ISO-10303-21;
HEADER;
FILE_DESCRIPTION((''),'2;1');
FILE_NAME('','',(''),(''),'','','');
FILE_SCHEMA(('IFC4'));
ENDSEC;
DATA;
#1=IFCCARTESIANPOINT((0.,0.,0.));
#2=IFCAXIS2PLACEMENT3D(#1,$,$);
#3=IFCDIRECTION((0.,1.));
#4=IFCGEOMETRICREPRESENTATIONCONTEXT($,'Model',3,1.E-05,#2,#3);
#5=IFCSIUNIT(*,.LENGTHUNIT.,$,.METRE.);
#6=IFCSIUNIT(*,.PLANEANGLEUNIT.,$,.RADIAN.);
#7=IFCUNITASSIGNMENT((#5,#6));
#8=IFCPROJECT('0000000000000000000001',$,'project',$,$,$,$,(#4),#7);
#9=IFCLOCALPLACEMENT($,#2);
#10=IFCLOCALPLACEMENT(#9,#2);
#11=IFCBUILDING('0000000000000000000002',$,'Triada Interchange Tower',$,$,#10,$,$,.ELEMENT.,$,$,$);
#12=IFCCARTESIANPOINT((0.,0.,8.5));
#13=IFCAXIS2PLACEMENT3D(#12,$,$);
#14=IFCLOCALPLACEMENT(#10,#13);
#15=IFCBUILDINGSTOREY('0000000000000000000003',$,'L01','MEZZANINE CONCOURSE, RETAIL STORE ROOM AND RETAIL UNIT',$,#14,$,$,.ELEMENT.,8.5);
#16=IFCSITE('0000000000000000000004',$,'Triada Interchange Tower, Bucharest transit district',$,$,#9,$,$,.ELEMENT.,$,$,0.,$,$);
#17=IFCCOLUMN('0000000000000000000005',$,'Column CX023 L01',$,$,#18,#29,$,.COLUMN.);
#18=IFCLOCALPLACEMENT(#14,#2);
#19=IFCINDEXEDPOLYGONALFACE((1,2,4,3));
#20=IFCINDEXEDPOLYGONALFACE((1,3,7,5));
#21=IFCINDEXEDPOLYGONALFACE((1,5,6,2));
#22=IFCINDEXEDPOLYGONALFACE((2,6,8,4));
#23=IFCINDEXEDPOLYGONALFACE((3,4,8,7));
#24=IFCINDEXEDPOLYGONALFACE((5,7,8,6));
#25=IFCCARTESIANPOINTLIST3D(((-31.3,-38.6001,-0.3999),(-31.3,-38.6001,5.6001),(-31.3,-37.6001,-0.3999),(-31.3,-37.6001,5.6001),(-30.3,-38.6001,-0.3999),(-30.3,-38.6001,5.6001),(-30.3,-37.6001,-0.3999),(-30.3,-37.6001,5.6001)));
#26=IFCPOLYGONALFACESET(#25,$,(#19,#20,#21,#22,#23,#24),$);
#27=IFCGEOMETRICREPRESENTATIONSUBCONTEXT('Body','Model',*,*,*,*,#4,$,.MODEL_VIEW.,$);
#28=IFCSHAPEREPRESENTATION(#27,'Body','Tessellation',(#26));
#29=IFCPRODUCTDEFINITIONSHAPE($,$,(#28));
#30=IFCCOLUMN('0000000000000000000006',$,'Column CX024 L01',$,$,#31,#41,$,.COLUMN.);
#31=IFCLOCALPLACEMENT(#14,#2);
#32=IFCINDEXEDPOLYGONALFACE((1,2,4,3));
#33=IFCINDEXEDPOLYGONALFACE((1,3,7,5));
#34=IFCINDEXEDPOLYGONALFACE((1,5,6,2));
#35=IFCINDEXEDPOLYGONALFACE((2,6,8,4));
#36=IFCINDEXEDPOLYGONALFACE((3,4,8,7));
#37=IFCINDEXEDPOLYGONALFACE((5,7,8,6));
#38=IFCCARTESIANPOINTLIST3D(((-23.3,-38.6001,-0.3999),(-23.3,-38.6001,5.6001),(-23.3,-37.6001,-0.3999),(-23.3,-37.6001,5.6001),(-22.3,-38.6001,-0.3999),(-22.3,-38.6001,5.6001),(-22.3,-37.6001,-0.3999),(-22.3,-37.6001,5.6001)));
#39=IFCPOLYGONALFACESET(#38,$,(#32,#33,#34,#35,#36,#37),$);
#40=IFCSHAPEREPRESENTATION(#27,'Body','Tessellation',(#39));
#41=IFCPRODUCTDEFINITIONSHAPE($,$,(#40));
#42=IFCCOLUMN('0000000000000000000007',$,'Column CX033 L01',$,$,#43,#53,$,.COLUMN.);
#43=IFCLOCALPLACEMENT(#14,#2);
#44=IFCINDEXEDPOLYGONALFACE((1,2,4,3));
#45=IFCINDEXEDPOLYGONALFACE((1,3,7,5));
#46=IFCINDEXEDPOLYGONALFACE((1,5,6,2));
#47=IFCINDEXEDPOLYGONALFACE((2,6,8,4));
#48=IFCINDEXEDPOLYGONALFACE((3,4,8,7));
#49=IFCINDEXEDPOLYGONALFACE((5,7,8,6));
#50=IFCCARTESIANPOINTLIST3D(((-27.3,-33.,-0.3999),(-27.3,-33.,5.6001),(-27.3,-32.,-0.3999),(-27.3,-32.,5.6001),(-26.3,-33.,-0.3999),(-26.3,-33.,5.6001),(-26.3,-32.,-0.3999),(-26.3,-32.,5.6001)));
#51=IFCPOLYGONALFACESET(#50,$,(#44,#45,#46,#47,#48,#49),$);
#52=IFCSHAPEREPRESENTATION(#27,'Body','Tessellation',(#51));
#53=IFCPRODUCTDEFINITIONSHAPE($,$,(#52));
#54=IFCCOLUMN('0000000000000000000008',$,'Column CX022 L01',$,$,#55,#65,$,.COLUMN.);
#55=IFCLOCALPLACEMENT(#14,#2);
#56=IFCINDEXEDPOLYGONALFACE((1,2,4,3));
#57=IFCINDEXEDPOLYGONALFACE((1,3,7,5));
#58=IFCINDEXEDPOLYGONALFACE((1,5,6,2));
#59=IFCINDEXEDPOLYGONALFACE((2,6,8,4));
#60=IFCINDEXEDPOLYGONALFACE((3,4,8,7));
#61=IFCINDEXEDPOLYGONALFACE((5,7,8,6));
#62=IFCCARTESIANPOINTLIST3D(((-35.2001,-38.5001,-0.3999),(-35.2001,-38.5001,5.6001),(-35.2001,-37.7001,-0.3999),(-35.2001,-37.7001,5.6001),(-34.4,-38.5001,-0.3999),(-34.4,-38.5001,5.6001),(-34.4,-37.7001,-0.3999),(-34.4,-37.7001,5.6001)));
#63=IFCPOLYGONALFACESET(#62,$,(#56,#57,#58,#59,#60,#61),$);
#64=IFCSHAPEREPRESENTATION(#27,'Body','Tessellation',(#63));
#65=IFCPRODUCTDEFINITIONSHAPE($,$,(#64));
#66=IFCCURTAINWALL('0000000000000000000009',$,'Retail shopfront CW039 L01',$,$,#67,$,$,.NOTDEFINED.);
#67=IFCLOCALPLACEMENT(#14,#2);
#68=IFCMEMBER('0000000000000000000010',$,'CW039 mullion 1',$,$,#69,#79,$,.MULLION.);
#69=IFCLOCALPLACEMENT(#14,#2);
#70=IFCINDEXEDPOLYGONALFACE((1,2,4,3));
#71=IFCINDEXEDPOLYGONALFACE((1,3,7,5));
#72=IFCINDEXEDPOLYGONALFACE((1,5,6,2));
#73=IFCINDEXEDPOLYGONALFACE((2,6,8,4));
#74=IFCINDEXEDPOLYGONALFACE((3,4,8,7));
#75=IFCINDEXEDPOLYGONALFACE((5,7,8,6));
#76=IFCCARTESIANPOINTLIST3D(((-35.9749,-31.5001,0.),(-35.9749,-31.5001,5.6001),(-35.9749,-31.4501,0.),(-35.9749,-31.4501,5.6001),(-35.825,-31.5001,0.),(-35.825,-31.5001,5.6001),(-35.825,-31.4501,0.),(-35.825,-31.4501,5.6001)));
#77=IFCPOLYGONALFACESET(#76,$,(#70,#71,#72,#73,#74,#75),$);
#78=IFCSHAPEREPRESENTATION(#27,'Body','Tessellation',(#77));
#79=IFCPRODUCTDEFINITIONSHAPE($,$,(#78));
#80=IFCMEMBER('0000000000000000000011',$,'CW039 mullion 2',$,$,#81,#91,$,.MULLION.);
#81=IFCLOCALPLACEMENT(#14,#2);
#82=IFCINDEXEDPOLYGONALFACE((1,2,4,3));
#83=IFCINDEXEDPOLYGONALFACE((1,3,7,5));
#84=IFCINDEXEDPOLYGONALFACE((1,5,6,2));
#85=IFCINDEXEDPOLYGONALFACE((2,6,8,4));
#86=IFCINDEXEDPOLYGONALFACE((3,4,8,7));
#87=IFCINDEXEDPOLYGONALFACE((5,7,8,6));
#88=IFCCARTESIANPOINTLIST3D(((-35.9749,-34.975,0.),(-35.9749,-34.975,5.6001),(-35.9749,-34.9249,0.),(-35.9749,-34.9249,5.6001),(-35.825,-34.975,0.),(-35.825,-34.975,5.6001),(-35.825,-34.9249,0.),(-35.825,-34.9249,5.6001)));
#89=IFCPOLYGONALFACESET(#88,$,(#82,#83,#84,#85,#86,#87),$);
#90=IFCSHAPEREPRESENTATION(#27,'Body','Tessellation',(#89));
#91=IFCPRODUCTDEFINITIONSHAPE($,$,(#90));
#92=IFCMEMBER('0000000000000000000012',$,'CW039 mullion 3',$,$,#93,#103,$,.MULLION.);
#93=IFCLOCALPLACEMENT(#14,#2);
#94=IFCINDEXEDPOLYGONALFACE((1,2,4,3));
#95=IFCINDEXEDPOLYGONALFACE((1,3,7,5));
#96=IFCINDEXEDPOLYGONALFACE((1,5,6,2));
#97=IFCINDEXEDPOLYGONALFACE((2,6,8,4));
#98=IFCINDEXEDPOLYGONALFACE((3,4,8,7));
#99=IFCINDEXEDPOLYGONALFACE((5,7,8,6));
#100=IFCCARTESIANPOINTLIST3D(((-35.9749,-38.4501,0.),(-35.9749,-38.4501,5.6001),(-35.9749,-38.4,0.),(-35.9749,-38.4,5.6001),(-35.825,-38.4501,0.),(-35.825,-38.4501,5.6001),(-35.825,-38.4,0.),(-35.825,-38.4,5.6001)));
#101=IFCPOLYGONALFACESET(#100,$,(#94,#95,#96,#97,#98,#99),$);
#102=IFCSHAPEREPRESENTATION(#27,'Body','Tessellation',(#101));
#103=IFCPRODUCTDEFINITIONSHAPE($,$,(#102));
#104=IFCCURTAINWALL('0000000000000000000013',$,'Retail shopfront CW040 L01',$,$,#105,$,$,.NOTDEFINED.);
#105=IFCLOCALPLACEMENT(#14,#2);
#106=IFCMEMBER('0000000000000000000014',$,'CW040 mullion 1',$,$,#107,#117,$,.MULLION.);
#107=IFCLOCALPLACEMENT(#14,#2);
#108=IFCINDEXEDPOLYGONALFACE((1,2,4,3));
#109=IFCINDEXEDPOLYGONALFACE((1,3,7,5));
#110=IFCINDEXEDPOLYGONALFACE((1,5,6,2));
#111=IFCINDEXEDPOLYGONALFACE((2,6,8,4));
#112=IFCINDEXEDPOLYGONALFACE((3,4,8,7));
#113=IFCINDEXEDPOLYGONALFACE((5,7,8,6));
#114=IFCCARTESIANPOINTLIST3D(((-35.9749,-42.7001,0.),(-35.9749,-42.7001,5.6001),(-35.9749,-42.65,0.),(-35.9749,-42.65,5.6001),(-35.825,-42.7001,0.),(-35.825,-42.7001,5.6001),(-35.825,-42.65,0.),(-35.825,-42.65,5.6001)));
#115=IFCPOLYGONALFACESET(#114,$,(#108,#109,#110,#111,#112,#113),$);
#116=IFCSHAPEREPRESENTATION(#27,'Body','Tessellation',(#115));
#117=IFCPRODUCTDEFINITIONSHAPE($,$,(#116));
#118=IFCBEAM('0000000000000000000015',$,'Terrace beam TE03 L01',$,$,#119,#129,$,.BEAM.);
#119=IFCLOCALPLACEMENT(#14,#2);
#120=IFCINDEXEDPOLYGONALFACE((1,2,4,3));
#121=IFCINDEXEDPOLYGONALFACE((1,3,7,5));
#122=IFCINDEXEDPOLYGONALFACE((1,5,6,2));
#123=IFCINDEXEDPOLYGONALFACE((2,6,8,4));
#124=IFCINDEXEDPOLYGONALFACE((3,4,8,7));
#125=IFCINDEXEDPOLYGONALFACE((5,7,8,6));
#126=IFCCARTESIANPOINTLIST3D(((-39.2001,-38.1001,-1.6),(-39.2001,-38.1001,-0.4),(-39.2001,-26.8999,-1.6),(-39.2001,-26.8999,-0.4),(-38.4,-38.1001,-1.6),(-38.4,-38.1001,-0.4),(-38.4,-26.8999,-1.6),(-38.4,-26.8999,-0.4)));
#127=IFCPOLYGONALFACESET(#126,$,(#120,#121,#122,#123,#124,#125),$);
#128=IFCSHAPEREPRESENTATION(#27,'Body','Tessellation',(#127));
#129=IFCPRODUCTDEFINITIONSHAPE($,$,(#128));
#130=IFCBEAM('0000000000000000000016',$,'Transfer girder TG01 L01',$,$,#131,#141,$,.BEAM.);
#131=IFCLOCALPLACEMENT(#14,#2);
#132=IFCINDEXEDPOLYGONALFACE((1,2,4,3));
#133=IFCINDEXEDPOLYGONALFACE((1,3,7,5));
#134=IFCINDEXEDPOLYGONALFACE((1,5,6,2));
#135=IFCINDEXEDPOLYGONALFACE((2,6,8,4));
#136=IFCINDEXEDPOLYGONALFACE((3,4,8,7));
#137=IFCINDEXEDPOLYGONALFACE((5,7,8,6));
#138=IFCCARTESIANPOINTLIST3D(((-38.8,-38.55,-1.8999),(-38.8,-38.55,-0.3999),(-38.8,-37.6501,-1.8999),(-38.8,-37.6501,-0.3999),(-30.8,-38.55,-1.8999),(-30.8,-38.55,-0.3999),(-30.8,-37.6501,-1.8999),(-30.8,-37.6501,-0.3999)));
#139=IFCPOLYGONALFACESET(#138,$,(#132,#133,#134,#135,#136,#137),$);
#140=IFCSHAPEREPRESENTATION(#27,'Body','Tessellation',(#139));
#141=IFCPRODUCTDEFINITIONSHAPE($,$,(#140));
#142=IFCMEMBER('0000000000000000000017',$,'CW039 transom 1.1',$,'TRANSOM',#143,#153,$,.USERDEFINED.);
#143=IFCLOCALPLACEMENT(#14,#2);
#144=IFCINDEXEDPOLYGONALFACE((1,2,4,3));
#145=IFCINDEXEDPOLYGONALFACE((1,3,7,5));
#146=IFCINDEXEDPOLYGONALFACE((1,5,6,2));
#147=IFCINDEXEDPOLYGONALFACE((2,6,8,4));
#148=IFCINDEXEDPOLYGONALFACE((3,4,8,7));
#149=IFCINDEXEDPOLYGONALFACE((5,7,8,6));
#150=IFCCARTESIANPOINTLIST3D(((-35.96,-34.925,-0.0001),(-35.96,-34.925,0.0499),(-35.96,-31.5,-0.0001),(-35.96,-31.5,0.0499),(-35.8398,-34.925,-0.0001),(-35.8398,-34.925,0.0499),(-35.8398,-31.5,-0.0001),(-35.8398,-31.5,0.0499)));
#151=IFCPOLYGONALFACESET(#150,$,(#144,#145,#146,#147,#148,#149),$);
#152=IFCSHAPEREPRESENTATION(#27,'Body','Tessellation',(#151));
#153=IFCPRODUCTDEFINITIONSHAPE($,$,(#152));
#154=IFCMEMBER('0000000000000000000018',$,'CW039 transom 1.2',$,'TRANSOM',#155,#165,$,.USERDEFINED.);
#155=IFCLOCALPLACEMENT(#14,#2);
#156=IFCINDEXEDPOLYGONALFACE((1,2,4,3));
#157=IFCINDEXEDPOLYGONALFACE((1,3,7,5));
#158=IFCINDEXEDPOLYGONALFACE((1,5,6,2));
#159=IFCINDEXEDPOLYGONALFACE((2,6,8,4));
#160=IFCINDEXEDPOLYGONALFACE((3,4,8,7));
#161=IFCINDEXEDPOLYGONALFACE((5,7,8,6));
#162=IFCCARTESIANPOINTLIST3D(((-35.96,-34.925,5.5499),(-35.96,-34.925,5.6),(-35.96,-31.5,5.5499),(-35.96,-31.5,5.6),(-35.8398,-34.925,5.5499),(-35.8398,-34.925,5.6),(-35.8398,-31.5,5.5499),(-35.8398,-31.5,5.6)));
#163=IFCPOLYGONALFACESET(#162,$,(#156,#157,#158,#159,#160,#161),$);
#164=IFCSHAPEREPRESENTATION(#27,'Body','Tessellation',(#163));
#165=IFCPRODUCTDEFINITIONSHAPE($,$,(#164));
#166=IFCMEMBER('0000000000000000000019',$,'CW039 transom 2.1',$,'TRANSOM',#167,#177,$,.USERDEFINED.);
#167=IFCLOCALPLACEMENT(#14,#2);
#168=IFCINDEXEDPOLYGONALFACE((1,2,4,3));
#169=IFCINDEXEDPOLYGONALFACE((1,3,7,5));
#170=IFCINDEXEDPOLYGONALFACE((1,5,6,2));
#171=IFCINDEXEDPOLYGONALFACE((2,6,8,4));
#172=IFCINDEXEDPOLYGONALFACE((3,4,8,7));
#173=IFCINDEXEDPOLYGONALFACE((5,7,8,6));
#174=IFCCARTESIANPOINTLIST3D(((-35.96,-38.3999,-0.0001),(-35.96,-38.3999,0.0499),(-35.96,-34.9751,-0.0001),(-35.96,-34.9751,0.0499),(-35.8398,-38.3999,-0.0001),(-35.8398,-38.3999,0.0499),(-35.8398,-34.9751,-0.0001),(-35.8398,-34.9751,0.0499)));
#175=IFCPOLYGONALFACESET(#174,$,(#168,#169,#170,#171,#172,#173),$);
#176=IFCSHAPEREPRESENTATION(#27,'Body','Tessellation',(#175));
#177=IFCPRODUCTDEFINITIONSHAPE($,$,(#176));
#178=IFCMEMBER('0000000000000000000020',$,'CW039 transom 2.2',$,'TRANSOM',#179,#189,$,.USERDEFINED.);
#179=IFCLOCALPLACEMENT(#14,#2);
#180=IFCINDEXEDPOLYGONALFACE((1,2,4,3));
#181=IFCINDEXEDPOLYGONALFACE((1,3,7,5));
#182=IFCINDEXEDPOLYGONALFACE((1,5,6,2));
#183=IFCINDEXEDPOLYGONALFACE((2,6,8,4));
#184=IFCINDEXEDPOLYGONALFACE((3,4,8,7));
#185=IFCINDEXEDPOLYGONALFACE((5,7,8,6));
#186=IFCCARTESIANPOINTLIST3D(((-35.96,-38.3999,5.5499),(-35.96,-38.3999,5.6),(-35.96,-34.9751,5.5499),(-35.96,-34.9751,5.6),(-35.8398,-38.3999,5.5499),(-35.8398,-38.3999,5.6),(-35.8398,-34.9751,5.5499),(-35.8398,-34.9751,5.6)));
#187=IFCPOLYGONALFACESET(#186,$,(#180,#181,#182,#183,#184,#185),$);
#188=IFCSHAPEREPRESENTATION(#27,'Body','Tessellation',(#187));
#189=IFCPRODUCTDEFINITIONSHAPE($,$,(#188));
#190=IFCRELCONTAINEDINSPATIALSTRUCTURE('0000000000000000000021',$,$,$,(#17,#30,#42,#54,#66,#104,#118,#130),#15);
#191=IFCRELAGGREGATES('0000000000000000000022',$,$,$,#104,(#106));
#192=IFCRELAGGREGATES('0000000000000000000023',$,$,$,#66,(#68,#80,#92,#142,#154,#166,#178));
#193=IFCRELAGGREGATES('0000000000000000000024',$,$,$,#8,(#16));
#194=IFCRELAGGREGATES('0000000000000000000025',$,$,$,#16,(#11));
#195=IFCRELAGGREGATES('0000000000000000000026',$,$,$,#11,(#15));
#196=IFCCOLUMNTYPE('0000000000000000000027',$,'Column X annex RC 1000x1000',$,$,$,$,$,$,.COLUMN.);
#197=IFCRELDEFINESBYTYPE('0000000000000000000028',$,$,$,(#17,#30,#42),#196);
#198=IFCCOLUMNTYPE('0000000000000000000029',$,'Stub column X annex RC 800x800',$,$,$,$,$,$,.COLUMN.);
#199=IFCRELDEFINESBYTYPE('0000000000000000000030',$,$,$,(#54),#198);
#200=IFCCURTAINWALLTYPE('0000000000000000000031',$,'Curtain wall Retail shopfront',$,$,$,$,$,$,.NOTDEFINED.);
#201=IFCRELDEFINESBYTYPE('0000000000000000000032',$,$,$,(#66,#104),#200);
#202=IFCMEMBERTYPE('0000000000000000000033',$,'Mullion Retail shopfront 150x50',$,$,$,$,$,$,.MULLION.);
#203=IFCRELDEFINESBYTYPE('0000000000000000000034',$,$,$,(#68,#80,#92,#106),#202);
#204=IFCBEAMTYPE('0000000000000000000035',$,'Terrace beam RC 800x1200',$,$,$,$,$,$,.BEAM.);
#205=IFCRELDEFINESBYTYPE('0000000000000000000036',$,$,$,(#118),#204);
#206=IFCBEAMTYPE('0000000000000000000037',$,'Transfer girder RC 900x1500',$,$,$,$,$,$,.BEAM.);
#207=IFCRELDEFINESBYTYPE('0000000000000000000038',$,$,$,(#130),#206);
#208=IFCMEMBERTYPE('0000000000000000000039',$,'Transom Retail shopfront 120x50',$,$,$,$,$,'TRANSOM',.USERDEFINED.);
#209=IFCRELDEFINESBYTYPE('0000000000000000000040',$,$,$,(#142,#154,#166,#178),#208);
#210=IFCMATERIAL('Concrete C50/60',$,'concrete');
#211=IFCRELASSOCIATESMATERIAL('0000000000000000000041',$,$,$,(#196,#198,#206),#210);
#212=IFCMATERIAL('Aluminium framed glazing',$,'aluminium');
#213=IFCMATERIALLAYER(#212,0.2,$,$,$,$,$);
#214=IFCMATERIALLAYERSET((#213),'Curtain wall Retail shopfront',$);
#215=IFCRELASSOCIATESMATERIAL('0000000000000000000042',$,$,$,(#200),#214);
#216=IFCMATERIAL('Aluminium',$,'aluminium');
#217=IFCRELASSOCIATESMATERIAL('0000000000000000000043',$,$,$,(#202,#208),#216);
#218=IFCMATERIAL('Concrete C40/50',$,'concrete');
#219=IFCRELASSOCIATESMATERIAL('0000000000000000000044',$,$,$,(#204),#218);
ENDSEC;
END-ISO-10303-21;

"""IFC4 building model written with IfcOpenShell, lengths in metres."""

from ifc_helpers import new_model, si_unit, direction, frame, origin, origin_2d, place, context, subcontext, project, spatial, rectangle, extrude, material, layer, layer_set, material_profile, profile_set, type_object, element, aggregate, save


model = new_model("IFC4")

# Units and contexts
model_context = context("Model", 3, precision=1e-05, world=origin(), true_north=direction((0.0, 1.0)))
body_context = subcontext(model_context, "Body", "Model", "MODEL_VIEW")
ifc_project = project(units=[si_unit("LENGTHUNIT", "METRE"), si_unit("PLANEANGLEUNIT", "RADIAN")], contexts=[model_context])

# Site, building, storey
site_placement = place(None, origin())
site = spatial("IfcSite", under=ifc_project, at=site_placement, Name="Triada Interchange Tower, Bucharest transit district", CompositionType="ELEMENT", RefElevation=0.0)
building_placement = place(site_placement, origin())
building = spatial("IfcBuilding", under=site, at=building_placement, Name="Triada Interchange Tower", CompositionType="ELEMENT")
storey_placement = place(building_placement, frame((0.0, 0.0, 8.5)))
storey = spatial("IfcBuildingStorey", under=building, at=storey_placement, Name="L01", Description="MEZZANINE CONCOURSE, RETAIL STORE ROOM AND RETAIL UNIT", CompositionType="ELEMENT", Elevation=8.5)

# Columns
ifc_material_1 = material(Name="Concrete C50/60", Category="concrete")
ifc_material_profile_1 = material_profile(ifc_material_1, rectangle(XDim=1.0, YDim=1.0, at=origin_2d()), Name="RC 1000x1000")
ifc_profile_set_1 = profile_set([ifc_material_profile_1], Name="Concrete C50/60")
column_type_1 = type_object("IfcColumnType", Name="Column X annex RC 1000x1000", PredefinedType="COLUMN", material=ifc_profile_set_1)
for number, where, z_axis, x_axis, name in (
    (1, (-30.8, -38.1001, -0.3999), (0.0, 0.0, 1.0), (1.0, 0.0, 0.0), "Column CX023 L01"),
    (2, (-22.8, -38.1001, -0.3999), (0.0, 0.0, 1.0), (1.0, 0.0, 0.0), "Column CX024 L01"),
    (3, (-26.8, -32.5, -0.3999), (0.0, 0.0, 1.0), (1.0, 0.0, 0.0), "Column CX033 L01"),
):
    element("IfcColumn", number, at=place(storey_placement, frame(where, z_axis=z_axis, x_axis=x_axis)), inside=storey, type_object=column_type_1, Name=name, PredefinedType="COLUMN", context=body_context, shape_type="SweptSolid", body=[
        extrude(rectangle(XDim=1.0, YDim=1.0, at=origin_2d()), origin(), (0.0, 0.0, 1.0), 6.0),
    ])
ifc_material_profile_2 = material_profile(ifc_material_1, rectangle(XDim=0.8, YDim=0.8, at=origin_2d()), Name="RC 800x800")
ifc_profile_set_2 = profile_set([ifc_material_profile_2], Name="Concrete C50/60")
column_type_2 = type_object("IfcColumnType", Name="Stub column X annex RC 800x800", PredefinedType="COLUMN", material=ifc_profile_set_2)
column_placement = place(storey_placement, frame((-34.8, -38.1001, -0.3999), z_axis=(0.0, 0.0, 1.0), x_axis=(1.0, 0.0, 0.0)))
element("IfcColumn", 4, at=column_placement, inside=storey, type_object=column_type_2, Name="Column CX022 L01", PredefinedType="COLUMN", context=body_context, shape_type="SweptSolid", body=[
    extrude(rectangle(XDim=0.8, YDim=0.8, at=origin_2d()), origin(), (0.0, 0.0, 1.0), 6.0),
])

# Curtain wall, members
ifc_material_2 = material(Name="Aluminium framed glazing", Category="aluminium")
ifc_layer_1 = layer(ifc_material_2, 0.2)
ifc_layer_set_1 = layer_set([ifc_layer_1], Name="Curtain wall Retail shopfront")
curtain_wall_type = type_object("IfcCurtainWallType", Name="Curtain wall Retail shopfront", PredefinedType="NOTDEFINED", material=ifc_layer_set_1)
curtain_wall_1_placement = place(storey_placement, origin())
curtain_wall_1 = element("IfcCurtainWall", 5, at=curtain_wall_1_placement, inside=storey, type_object=curtain_wall_type, Name="Retail shopfront CW039 L01", PredefinedType="NOTDEFINED")
ifc_material_3 = material(Name="Aluminium", Category="aluminium")
ifc_material_profile_3 = material_profile(ifc_material_3, rectangle(XDim=0.1499, YDim=0.05, at=origin_2d()), Name="Aluminium mullion")
ifc_profile_set_3 = profile_set([ifc_material_profile_3], Name="Aluminium")
member_type_1 = type_object("IfcMemberType", Name="Mullion Retail shopfront 150x50", PredefinedType="MULLION", material=ifc_profile_set_3)
member_1_placement = place(storey_placement, frame((-35.8999, -31.4751, 0.0), z_axis=(0.0, 0.0, 1.0), x_axis=(1.0, 0.0, 0.0)))
member_1 = element("IfcMember", 6, at=member_1_placement, type_object=member_type_1, Name="CW039 mullion 1", PredefinedType="MULLION", context=body_context, shape_type="SweptSolid", body=[
    extrude(rectangle(XDim=0.1499, YDim=0.05, at=origin_2d()), origin(), (0.0, 0.0, 1.0), 5.6001),
])
member_2_placement = place(storey_placement, frame((-35.8999, -34.95, 0.0), z_axis=(0.0, 0.0, 1.0), x_axis=(1.0, 0.0, 0.0)))
member_2 = element("IfcMember", 7, at=member_2_placement, type_object=member_type_1, Name="CW039 mullion 2", PredefinedType="MULLION", context=body_context, shape_type="SweptSolid", body=[
    extrude(rectangle(XDim=0.1499, YDim=0.05, at=origin_2d()), origin(), (0.0, 0.0, 1.0), 5.6001),
])
member_3_placement = place(storey_placement, frame((-35.8999, -38.425, 0.0), z_axis=(0.0, 0.0, 1.0), x_axis=(1.0, 0.0, 0.0)))
member_3 = element("IfcMember", 8, at=member_3_placement, type_object=member_type_1, Name="CW039 mullion 3", PredefinedType="MULLION", context=body_context, shape_type="SweptSolid", body=[
    extrude(rectangle(XDim=0.1499, YDim=0.05, at=origin_2d()), origin(), (0.0, 0.0, 1.0), 5.6001),
])

# Curtain wall, member
curtain_wall_2_placement = place(storey_placement, origin())
curtain_wall_2 = element("IfcCurtainWall", 9, at=curtain_wall_2_placement, inside=storey, type_object=curtain_wall_type, Name="Retail shopfront CW040 L01", PredefinedType="NOTDEFINED")
member_4_placement = place(storey_placement, frame((-35.8999, -42.675, 0.0), z_axis=(0.0, 0.0, 1.0), x_axis=(1.0, 0.0, 0.0)))
member_4 = element("IfcMember", 10, at=member_4_placement, type_object=member_type_1, Name="CW040 mullion 1", PredefinedType="MULLION", context=body_context, shape_type="SweptSolid", body=[
    extrude(rectangle(XDim=0.1499, YDim=0.05, at=origin_2d()), origin(), (0.0, 0.0, 1.0), 5.6001),
])

# Beams
ifc_material_4 = material(Name="Concrete C40/50", Category="concrete")
ifc_material_profile_4 = material_profile(ifc_material_4, rectangle(XDim=0.8, YDim=1.2, at=origin_2d()), Name="RC 800x1200")
ifc_profile_set_4 = profile_set([ifc_material_profile_4], Name="Concrete C40/50")
beam_type_1 = type_object("IfcBeamType", Name="Terrace beam RC 800x1200", PredefinedType="BEAM", material=ifc_profile_set_4)
beam_1_placement = place(storey_placement, frame((-38.8, -38.1001, -1.0), z_axis=(0.0, 1.0, 0.0), x_axis=(-1.0, 0.0, 0.0)))
element("IfcBeam", 11, at=beam_1_placement, inside=storey, type_object=beam_type_1, Name="Terrace beam TE03 L01", PredefinedType="BEAM", context=body_context, shape_type="SweptSolid", body=[
    extrude(rectangle(XDim=0.8, YDim=1.2, at=origin_2d()), origin(), (0.0, 0.0, 1.0), 11.2002),
])
ifc_material_profile_5 = material_profile(ifc_material_1, rectangle(XDim=0.8999, YDim=1.5, at=origin_2d()), Name="RC 900x1500")
ifc_profile_set_5 = profile_set([ifc_material_profile_5], Name="Concrete C50/60")
beam_type_2 = type_object("IfcBeamType", Name="Transfer girder RC 900x1500", PredefinedType="BEAM", material=ifc_profile_set_5)
beam_2_placement = place(storey_placement, frame((-38.8, -38.1001, -1.1499), z_axis=(1.0, 0.0, 0.0), x_axis=(0.0, 1.0, 0.0)))
element("IfcBeam", 12, at=beam_2_placement, inside=storey, type_object=beam_type_2, Name="Transfer girder TG01 L01", PredefinedType="BEAM", context=body_context, shape_type="SweptSolid", body=[
    extrude(rectangle(XDim=0.8999, YDim=1.5, at=origin_2d()), origin(), (0.0, 0.0, 1.0), 8.0),
])

# Members
ifc_material_profile_6 = material_profile(ifc_material_3, rectangle(XDim=0.1201, YDim=0.05, at=origin_2d()), Name="Aluminium transom")
ifc_profile_set_6 = profile_set([ifc_material_profile_6], Name="Aluminium")
member_type_2 = type_object("IfcMemberType", Name="Transom Retail shopfront 120x50", ElementType="TRANSOM", PredefinedType="USERDEFINED", material=ifc_profile_set_6)
member_5_placement = place(storey_placement, frame((-35.8999, -31.5, 0.0249), z_axis=(0.0, -1.0, 0.0), x_axis=(1.0, 0.0, 0.0)))
member_5 = element("IfcMember", 13, at=member_5_placement, type_object=member_type_2, Name="CW039 transom 1.1", ObjectType="TRANSOM", PredefinedType="USERDEFINED", context=body_context, shape_type="SweptSolid", body=[
    extrude(rectangle(XDim=0.1201, YDim=0.05, at=origin_2d()), origin(), (0.0, 0.0, 1.0), 3.425),
])
member_6_placement = place(storey_placement, frame((-35.8999, -31.5, 5.575), z_axis=(0.0, -1.0, 0.0), x_axis=(1.0, 0.0, 0.0)))
member_6 = element("IfcMember", 14, at=member_6_placement, type_object=member_type_2, Name="CW039 transom 1.2", ObjectType="TRANSOM", PredefinedType="USERDEFINED", context=body_context, shape_type="SweptSolid", body=[
    extrude(rectangle(XDim=0.1201, YDim=0.05, at=origin_2d()), origin(), (0.0, 0.0, 1.0), 3.425),
])
member_7_placement = place(storey_placement, frame((-35.8999, -34.9751, 0.0249), z_axis=(0.0, -1.0, 0.0), x_axis=(1.0, 0.0, 0.0)))
member_7 = element("IfcMember", 15, at=member_7_placement, type_object=member_type_2, Name="CW039 transom 2.1", ObjectType="TRANSOM", PredefinedType="USERDEFINED", context=body_context, shape_type="SweptSolid", body=[
    extrude(rectangle(XDim=0.1201, YDim=0.05, at=origin_2d()), origin(), (0.0, 0.0, 1.0), 3.4248),
])
member_8_placement = place(storey_placement, frame((-35.8999, -34.9751, 5.575), z_axis=(0.0, -1.0, 0.0), x_axis=(1.0, 0.0, 0.0)))
member_8 = element("IfcMember", 16, at=member_8_placement, type_object=member_type_2, Name="CW039 transom 2.2", ObjectType="TRANSOM", PredefinedType="USERDEFINED", context=body_context, shape_type="SweptSolid", body=[
    extrude(rectangle(XDim=0.1201, YDim=0.05, at=origin_2d()), origin(), (0.0, 0.0, 1.0), 3.4248),
])
aggregate(curtain_wall_2, [member_4])

aggregate(curtain_wall_1, [member_1, member_2, member_3, member_5, member_6, member_7, member_8])

save(model, "model.ifc")
